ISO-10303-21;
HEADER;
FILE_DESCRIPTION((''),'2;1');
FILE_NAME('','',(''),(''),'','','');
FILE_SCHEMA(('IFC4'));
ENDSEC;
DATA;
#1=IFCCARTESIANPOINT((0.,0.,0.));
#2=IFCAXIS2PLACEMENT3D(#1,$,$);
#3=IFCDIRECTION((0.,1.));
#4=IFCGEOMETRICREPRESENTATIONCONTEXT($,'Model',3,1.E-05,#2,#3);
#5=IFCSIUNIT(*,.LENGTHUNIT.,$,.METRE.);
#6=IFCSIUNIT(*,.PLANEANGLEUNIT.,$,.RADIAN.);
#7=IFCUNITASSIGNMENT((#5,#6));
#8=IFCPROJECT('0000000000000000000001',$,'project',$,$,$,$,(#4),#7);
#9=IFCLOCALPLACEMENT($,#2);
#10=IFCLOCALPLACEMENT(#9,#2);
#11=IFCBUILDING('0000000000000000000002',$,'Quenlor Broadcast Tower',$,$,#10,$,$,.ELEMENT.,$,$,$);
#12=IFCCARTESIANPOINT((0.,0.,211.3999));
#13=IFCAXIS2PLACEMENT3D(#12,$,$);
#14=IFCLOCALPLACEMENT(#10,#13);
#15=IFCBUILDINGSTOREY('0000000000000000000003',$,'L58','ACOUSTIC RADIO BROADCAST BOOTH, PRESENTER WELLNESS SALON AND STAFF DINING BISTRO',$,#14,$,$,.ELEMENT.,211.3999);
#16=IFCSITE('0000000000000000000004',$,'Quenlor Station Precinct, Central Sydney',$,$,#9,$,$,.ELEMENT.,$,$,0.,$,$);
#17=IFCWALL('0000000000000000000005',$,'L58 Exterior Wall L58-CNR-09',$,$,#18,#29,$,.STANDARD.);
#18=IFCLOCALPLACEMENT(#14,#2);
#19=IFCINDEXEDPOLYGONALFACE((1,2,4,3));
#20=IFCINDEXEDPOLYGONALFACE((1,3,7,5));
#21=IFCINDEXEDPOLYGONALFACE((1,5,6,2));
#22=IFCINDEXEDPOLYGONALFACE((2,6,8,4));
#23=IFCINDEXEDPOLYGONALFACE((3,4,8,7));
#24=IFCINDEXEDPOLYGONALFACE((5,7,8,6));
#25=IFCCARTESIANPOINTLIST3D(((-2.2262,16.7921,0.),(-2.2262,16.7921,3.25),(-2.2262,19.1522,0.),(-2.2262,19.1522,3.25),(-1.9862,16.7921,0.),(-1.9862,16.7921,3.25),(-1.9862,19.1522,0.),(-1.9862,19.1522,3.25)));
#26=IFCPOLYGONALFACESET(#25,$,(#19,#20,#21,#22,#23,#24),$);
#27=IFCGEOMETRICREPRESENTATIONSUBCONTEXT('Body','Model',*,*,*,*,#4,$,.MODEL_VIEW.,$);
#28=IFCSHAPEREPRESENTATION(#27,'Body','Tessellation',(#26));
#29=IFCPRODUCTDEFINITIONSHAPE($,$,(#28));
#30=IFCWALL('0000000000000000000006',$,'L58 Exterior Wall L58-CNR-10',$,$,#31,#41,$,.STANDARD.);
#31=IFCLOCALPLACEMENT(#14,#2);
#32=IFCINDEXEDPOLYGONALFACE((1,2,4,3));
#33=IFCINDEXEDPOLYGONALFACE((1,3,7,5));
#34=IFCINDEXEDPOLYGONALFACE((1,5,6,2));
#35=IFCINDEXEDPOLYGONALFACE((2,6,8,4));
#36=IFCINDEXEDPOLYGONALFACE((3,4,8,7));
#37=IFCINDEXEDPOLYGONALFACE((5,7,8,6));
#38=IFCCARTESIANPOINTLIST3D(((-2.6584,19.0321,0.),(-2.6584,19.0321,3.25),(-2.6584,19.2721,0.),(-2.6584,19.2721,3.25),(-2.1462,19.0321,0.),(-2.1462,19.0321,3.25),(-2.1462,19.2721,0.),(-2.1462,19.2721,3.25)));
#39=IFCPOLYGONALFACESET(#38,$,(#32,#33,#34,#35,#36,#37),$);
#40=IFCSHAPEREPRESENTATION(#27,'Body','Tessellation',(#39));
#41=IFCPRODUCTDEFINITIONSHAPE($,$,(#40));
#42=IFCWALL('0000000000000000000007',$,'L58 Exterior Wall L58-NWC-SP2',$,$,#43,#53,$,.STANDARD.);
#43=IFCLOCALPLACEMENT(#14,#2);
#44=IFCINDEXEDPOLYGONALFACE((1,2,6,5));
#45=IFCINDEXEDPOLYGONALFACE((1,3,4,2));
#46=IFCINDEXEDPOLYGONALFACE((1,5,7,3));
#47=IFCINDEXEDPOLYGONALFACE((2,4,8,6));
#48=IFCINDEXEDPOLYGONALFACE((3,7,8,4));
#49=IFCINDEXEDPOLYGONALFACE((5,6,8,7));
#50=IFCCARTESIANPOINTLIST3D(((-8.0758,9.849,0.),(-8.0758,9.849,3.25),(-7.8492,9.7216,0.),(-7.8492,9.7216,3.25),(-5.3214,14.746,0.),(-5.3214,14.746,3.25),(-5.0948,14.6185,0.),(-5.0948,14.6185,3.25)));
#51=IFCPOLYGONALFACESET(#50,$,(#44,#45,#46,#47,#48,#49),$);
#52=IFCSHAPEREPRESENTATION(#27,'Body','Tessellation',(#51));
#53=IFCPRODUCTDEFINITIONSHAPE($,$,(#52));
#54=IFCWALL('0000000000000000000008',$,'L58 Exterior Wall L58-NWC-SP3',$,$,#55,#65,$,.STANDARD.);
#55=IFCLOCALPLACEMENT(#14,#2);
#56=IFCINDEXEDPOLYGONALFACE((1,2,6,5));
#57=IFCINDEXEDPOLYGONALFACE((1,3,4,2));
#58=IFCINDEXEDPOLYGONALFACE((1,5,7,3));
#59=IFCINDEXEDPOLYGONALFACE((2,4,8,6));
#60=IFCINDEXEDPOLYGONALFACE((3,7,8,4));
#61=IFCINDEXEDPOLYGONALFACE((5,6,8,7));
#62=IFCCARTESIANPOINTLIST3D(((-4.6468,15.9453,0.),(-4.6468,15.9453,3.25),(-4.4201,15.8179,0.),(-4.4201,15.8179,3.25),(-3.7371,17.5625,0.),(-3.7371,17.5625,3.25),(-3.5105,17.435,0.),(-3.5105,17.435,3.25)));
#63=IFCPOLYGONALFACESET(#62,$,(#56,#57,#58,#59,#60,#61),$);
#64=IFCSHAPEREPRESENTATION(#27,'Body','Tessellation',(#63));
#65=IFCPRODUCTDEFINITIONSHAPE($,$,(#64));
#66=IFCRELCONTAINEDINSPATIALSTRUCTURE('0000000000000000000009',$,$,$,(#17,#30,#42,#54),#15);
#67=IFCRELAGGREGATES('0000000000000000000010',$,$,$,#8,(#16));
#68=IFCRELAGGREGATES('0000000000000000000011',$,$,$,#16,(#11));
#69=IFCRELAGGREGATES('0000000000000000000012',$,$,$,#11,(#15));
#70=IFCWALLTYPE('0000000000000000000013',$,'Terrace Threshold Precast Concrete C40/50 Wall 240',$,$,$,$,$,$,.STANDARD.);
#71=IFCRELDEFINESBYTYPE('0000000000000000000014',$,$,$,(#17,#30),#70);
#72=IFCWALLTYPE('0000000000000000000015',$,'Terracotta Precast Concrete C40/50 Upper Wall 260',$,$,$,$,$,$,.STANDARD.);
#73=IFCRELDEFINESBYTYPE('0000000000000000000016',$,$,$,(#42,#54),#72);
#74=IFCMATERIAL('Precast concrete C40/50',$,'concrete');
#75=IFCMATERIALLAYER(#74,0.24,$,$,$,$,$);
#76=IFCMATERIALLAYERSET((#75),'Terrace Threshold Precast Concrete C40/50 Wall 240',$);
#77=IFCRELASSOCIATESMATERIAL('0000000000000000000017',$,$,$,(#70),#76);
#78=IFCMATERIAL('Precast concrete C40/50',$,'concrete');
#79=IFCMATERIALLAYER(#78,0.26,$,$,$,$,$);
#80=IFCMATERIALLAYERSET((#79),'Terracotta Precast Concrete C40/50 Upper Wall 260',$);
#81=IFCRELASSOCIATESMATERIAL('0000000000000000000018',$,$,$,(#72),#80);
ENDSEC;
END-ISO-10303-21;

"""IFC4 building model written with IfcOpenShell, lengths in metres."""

from ifc_helpers import new_model, si_unit, direction, frame, frame_2d, origin, place, context, subcontext, project, spatial, rectangle, extrude, material, layer, layer_set, type_object, element, save


model = new_model("IFC4")

# Units and contexts
model_context = context("Model", 3, precision=1e-05, world=origin(), true_north=direction((0.0, 1.0)))
body_context = subcontext(model_context, "Body", "Model", "MODEL_VIEW")
ifc_project = project(units=[si_unit("LENGTHUNIT", "METRE"), si_unit("PLANEANGLEUNIT", "RADIAN")], contexts=[model_context])

# Site, building, storey
site_placement = place(None, origin())
site = spatial("IfcSite", under=ifc_project, at=site_placement, Name="Quenlor Station Precinct, Central Sydney", CompositionType="ELEMENT", RefElevation=0.0)
building_placement = place(site_placement, origin())
building = spatial("IfcBuilding", under=site, at=building_placement, Name="Quenlor Broadcast Tower", CompositionType="ELEMENT")
storey_placement = place(building_placement, frame((0.0, 0.0, 211.3999)))
storey = spatial("IfcBuildingStorey", under=building, at=storey_placement, Name="L58", Description="ACOUSTIC RADIO BROADCAST BOOTH, PRESENTER WELLNESS SALON AND STAFF DINING BISTRO", CompositionType="ELEMENT", Elevation=211.3999)

# Walls
ifc_material_1 = material(Name="Precast concrete C40/50", Category="concrete")
ifc_layer_1 = layer(ifc_material_1, 0.24)
ifc_layer_set_1 = layer_set([ifc_layer_1], Name="Terrace Threshold Precast Concrete C40/50 Wall 240")
wall_type_1 = type_object("IfcWallType", Name="Terrace Threshold Precast Concrete C40/50 Wall 240", PredefinedType="STANDARD", material=ifc_layer_set_1)
wall_1_placement = place(storey_placement, frame((-2.1062, 16.792, 0.0), z_axis=(0.0, 0.0, 1.0), x_axis=(0.0, 1.0, 0.0)))
element("IfcWall", 1, at=wall_1_placement, inside=storey, type_object=wall_type_1, Name="L58 Exterior Wall L58-CNR-09", PredefinedType="STANDARD", context=body_context, shape_type="SweptSolid", body=[
    extrude(rectangle(XDim=2.3601, YDim=0.24, at=frame_2d((1.1802, 0.0))), origin(), (0.0, 0.0, 1.0), 3.25),
])
wall_2_placement = place(storey_placement, frame((-2.1462, 19.1521, 0.0), z_axis=(0.0, 0.0, 1.0), x_axis=(-1.0, 0.0, 0.0)))
element("IfcWall", 2, at=wall_2_placement, inside=storey, type_object=wall_type_1, Name="L58 Exterior Wall L58-CNR-10", PredefinedType="STANDARD", context=body_context, shape_type="SweptSolid", body=[
    extrude(rectangle(XDim=0.5122, YDim=0.24, at=frame_2d((0.2561, 0.0))), origin(), (0.0, 0.0, 1.0), 3.25),
])
ifc_material_2 = material(Name="Precast concrete C40/50", Category="concrete")
ifc_layer_2 = layer(ifc_material_2, 0.26)
ifc_layer_set_2 = layer_set([ifc_layer_2], Name="Terracotta Precast Concrete C40/50 Upper Wall 260")
wall_type_2 = type_object("IfcWallType", Name="Terracotta Precast Concrete C40/50 Upper Wall 260", PredefinedType="STANDARD", material=ifc_layer_set_2)
wall_3_placement = place(storey_placement, frame((-7.9624, 9.7854, 0.0), z_axis=(0.0, 0.0, 1.0), x_axis=(0.490241, 0.871587, 0.0)))
element("IfcWall", 3, at=wall_3_placement, inside=storey, type_object=wall_type_2, Name="L58 Exterior Wall L58-NWC-SP2", PredefinedType="STANDARD", context=body_context, shape_type="SweptSolid", body=[
    extrude(rectangle(XDim=5.6184, YDim=0.26, at=frame_2d((2.8091, 0.0))), origin(), (0.0, 0.0, 1.0), 3.25),
])
wall_4_placement = place(storey_placement, frame((-4.5334, 15.8816, 0.0), z_axis=(0.0, 0.0, 1.0), x_axis=(0.490261, 0.871576, 0.0)))
element("IfcWall", 4, at=wall_4_placement, inside=storey, type_object=wall_type_2, Name="L58 Exterior Wall L58-NWC-SP3", PredefinedType="STANDARD", context=body_context, shape_type="SweptSolid", body=[
    extrude(rectangle(XDim=1.8555, YDim=0.26, at=frame_2d((0.9277, 0.0))), origin(), (0.0, 0.0, 1.0), 3.25),
])

save(model, "model.ifc")
